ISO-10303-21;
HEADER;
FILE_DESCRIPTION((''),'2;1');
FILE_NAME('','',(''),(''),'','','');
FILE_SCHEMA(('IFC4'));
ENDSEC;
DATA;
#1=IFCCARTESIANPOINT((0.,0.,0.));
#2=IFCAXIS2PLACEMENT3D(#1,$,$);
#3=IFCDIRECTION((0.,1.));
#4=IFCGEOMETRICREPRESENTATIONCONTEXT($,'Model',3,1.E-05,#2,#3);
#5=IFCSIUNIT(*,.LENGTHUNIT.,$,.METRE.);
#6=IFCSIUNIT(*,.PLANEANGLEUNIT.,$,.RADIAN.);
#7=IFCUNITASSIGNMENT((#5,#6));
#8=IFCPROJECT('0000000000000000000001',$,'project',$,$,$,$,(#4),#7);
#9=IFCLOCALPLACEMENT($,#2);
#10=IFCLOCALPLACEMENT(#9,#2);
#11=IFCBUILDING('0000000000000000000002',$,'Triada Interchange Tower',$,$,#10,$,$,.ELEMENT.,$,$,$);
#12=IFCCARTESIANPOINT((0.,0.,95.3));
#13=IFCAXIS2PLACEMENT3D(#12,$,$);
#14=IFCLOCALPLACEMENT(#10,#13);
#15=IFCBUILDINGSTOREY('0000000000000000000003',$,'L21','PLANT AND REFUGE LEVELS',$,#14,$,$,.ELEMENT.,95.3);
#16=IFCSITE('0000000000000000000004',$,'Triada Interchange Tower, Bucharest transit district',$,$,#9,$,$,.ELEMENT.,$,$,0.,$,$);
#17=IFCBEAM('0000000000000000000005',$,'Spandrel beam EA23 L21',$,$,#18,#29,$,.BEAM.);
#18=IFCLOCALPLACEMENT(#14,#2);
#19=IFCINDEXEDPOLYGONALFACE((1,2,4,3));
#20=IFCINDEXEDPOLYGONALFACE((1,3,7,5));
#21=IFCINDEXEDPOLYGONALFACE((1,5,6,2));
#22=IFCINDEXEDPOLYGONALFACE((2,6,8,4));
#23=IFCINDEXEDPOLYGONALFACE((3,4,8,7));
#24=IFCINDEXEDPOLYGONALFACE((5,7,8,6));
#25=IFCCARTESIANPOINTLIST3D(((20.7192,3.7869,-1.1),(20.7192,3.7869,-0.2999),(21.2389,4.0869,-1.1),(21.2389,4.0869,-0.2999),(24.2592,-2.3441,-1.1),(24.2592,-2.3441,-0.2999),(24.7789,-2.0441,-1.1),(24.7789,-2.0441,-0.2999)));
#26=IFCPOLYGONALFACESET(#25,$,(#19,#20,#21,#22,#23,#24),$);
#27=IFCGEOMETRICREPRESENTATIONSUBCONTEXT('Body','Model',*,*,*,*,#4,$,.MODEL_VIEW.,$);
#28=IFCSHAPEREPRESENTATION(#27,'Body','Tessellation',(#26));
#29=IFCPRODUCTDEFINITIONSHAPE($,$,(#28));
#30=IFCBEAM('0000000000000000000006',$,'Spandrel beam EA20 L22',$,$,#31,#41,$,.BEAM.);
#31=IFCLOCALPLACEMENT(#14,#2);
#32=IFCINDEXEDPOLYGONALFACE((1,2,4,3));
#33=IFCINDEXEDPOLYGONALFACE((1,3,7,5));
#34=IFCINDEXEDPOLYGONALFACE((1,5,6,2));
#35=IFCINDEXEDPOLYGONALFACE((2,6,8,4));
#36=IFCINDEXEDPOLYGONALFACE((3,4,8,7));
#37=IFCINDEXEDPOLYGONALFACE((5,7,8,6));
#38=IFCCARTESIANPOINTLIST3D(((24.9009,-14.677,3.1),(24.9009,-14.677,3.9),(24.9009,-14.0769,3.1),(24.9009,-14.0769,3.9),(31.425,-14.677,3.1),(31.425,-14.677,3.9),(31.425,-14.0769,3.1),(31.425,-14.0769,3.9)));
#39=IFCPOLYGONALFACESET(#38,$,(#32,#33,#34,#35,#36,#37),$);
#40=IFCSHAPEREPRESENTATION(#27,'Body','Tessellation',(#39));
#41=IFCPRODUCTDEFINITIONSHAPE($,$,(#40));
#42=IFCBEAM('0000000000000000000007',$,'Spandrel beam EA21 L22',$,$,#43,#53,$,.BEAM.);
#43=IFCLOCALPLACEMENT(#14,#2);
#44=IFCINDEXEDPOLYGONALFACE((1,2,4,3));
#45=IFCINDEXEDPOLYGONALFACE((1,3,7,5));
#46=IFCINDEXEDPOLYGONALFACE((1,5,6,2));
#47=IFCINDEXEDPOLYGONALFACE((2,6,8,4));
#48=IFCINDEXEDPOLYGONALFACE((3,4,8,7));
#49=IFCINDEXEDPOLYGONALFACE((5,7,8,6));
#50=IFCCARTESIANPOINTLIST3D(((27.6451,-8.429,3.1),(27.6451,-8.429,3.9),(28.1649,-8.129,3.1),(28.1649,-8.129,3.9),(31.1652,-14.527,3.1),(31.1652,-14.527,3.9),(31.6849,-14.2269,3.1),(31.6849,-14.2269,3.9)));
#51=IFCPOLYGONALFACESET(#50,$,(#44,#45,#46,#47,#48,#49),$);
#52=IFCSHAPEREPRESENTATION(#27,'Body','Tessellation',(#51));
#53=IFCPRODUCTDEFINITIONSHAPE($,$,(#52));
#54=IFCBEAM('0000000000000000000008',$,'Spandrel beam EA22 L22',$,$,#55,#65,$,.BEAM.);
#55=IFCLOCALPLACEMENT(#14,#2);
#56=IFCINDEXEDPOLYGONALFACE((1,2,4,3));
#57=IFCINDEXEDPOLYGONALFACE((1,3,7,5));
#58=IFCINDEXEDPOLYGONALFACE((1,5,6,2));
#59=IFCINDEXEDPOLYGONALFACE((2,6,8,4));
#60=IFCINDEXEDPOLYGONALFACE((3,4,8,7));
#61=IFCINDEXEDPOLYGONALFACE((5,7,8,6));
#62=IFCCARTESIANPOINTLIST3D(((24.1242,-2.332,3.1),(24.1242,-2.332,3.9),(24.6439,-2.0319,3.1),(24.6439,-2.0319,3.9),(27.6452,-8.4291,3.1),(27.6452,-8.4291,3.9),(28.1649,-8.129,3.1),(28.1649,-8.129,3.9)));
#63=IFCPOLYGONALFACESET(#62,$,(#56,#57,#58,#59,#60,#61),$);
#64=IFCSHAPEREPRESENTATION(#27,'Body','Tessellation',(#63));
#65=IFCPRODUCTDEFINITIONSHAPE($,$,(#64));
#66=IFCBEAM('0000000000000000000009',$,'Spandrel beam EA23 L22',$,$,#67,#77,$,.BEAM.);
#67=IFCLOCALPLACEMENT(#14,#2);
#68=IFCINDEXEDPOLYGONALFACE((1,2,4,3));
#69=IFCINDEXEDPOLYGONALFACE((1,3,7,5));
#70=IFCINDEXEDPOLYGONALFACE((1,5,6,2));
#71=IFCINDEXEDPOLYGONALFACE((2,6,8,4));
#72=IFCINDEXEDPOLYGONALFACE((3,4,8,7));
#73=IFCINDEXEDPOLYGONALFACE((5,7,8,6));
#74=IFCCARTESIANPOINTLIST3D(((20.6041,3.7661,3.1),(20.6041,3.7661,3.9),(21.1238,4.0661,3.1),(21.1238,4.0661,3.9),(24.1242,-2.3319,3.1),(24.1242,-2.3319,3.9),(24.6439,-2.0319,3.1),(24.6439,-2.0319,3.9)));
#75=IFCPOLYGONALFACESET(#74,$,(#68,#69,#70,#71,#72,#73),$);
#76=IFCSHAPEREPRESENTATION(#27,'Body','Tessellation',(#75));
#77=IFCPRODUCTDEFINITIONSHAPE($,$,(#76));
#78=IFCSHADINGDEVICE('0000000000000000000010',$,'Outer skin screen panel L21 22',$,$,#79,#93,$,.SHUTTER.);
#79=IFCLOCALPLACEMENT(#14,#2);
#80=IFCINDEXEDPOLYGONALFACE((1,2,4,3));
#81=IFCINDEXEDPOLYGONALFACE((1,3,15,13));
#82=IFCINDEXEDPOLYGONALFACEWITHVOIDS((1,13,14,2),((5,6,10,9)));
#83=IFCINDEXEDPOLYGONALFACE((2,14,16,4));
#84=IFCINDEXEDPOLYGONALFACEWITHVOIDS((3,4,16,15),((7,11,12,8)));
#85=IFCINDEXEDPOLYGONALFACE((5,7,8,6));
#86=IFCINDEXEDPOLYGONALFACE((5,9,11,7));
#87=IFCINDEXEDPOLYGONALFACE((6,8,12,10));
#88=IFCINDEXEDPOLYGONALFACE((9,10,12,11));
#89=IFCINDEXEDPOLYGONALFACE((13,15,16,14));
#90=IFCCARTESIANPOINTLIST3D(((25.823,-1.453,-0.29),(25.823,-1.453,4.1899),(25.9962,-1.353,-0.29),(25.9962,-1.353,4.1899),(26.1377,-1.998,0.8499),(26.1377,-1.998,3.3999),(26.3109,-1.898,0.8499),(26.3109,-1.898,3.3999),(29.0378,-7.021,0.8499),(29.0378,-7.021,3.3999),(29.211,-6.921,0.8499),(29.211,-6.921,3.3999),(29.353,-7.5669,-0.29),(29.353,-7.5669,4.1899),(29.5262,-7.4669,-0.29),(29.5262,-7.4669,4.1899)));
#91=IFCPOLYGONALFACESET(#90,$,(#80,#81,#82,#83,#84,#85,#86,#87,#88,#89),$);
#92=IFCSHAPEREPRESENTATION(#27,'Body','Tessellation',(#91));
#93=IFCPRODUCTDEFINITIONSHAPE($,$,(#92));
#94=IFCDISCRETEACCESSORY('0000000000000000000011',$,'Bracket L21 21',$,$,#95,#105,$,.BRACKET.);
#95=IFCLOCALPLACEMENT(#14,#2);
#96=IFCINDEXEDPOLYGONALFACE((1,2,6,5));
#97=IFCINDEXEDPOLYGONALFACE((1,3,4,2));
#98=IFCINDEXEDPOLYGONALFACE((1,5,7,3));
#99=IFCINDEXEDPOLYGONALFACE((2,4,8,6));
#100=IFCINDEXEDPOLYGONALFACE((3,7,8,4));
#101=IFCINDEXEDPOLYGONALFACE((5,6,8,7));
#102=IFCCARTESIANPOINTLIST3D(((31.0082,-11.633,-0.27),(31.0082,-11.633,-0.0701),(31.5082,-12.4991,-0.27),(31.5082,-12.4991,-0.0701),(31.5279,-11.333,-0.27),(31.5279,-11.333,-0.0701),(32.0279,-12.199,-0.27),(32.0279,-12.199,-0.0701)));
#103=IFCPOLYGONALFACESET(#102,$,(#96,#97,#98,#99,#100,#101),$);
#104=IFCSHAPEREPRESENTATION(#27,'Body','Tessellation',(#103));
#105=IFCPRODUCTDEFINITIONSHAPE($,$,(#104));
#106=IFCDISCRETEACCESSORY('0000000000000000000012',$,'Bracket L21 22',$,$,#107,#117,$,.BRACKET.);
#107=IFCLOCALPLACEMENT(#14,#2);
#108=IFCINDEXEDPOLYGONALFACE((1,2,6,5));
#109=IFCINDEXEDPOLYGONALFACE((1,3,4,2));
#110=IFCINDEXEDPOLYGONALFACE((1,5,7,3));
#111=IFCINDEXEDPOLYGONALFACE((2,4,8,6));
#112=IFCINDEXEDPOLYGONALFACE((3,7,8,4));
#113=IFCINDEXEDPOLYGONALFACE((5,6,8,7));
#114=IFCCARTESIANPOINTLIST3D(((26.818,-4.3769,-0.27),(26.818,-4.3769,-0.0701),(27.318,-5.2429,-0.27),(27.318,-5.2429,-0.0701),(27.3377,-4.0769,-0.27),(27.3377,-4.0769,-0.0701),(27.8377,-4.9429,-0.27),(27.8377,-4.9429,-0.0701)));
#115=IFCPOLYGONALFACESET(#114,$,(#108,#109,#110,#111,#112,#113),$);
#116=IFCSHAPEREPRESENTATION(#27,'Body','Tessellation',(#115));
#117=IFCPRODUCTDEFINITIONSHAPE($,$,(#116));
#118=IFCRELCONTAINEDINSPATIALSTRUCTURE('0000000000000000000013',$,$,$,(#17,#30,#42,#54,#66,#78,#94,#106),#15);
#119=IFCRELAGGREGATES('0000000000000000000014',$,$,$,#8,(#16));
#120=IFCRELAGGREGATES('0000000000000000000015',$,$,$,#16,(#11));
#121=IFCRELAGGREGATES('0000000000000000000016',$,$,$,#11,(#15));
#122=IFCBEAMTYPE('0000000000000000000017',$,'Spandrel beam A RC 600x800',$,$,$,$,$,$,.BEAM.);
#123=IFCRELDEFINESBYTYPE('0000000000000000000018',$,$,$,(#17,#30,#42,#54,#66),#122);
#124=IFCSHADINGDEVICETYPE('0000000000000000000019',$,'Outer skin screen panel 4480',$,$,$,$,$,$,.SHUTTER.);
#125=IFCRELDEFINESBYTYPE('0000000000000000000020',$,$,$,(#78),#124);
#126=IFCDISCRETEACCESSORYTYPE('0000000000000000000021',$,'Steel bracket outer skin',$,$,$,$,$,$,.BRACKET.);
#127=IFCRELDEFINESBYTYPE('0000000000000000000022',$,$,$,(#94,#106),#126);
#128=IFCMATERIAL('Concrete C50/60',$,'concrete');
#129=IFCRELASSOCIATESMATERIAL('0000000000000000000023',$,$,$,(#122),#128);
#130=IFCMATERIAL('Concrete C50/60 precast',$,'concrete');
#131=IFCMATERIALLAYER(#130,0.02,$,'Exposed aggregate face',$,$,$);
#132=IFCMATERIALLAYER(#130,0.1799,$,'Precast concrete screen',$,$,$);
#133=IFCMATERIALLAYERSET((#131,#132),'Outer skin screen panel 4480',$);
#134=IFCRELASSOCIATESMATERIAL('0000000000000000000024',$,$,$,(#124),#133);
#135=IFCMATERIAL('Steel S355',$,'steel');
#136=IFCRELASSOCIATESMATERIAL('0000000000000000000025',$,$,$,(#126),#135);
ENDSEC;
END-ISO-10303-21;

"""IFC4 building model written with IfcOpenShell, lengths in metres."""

from ifc_helpers import new_model, si_unit, direction, frame, origin, origin_2d, place, context, subcontext, project, spatial, polyline, rectangle, outline, extrude, material, layer, layer_set, material_profile, profile_set, type_object, element, save


model = new_model("IFC4")

# Units and contexts
model_context = context("Model", 3, precision=1e-05, world=origin(), true_north=direction((0.0, 1.0)))
body_context = subcontext(model_context, "Body", "Model", "MODEL_VIEW")
ifc_project = project(units=[si_unit("LENGTHUNIT", "METRE"), si_unit("PLANEANGLEUNIT", "RADIAN")], contexts=[model_context])

# Site, building, storey
site_placement = place(None, origin())
site = spatial("IfcSite", under=ifc_project, at=site_placement, Name="Triada Interchange Tower, Bucharest transit district", CompositionType="ELEMENT", RefElevation=0.0)
building_placement = place(site_placement, origin())
building = spatial("IfcBuilding", under=site, at=building_placement, Name="Triada Interchange Tower", CompositionType="ELEMENT")
storey_placement = place(building_placement, frame((0.0, 0.0, 95.3)))
storey = spatial("IfcBuildingStorey", under=building, at=storey_placement, Name="L21", Description="PLANT AND REFUGE LEVELS", CompositionType="ELEMENT", Elevation=95.3)

# Shared definitions
ifc_material_1 = material(Name="Steel S355", Category="steel")

# Beams
ifc_material_2 = material(Name="Concrete C50/60", Category="concrete")
ifc_material_profile_1 = material_profile(ifc_material_2, rectangle(XDim=0.6001, YDim=0.8, at=origin_2d()), Name="RC 600x800")
ifc_profile_set_1 = profile_set([ifc_material_profile_1], Name="Concrete C50/60")
beam_type_1 = type_object("IfcBeamType", Name="Spandrel beam A RC 600x800", PredefinedType="BEAM", material=ifc_profile_set_1)
beam_1_placement = place(storey_placement, frame((24.519, -2.1941, -0.7), z_axis=(-0.500026, 0.86601, 0.0), x_axis=(-0.86601, -0.500026, 0.0)))
element("IfcBeam", 1, at=beam_1_placement, inside=storey, type_object=beam_type_1, Name="Spandrel beam EA23 L21", PredefinedType="BEAM", context=body_context, shape_type="SweptSolid", body=[
    extrude(rectangle(XDim=0.6001, YDim=0.8, at=origin_2d()), origin(), (0.0, 0.0, 1.0), 7.0796),
])
beam_2_placement = place(storey_placement, frame((24.9009, -14.377, 3.5), z_axis=(1.0, 0.0, 0.0), x_axis=(0.0, 1.0, 0.0)))
element("IfcBeam", 2, at=beam_2_placement, inside=storey, type_object=beam_type_1, Name="Spandrel beam EA20 L22", PredefinedType="BEAM", context=body_context, shape_type="SweptSolid", body=[
    extrude(rectangle(XDim=0.6001, YDim=0.8, at=origin_2d()), origin(), (0.0, 0.0, 1.0), 6.5242),
])
beam_3_placement = place(storey_placement, frame((31.425, -14.377, 3.5), z_axis=(-0.499936, 0.866063, 0.0), x_axis=(-0.866063, -0.499936, 0.0)))
element("IfcBeam", 3, at=beam_3_placement, inside=storey, type_object=beam_type_1, Name="Spandrel beam EA21 L22", PredefinedType="BEAM", context=body_context, shape_type="SweptSolid", body=[
    extrude(rectangle(XDim=0.6001, YDim=0.8, at=origin_2d()), origin(), (0.0, 0.0, 1.0), 7.041),
])
beam_4_placement = place(storey_placement, frame((27.905, -8.2791, 3.5), z_axis=(-0.500085, 0.865977, 0.0), x_axis=(-0.865977, -0.500085, 0.0)))
element("IfcBeam", 4, at=beam_4_placement, inside=storey, type_object=beam_type_1, Name="Spandrel beam EA22 L22", PredefinedType="BEAM", context=body_context, shape_type="SweptSolid", body=[
    extrude(rectangle(XDim=0.6001, YDim=0.8, at=origin_2d()), origin(), (0.0, 0.0, 1.0), 7.0408),
])
beam_5_placement = place(storey_placement, frame((24.384, -2.1819, 3.5), z_axis=(-0.499936, 0.866063, 0.0), x_axis=(-0.866063, -0.499936, 0.0)))
element("IfcBeam", 5, at=beam_5_placement, inside=storey, type_object=beam_type_1, Name="Spandrel beam EA23 L22", PredefinedType="BEAM", context=body_context, shape_type="SweptSolid", body=[
    extrude(rectangle(XDim=0.6001, YDim=0.8, at=origin_2d()), origin(), (0.0, 0.0, 1.0), 7.041),
])

# Shading device
ifc_material_3 = material(Name="Concrete C50/60 precast", Category="concrete")
ifc_layer_1 = layer(ifc_material_3, 0.02, Name="Exposed aggregate face")
ifc_layer_2 = layer(ifc_material_3, 0.1799, Name="Precast concrete screen")
ifc_layer_set = layer_set([ifc_layer_1, ifc_layer_2], Name="Outer skin screen panel 4480")
shading_device_type = type_object("IfcShadingDeviceType", Name="Outer skin screen panel 4480", PredefinedType="SHUTTER", material=ifc_layer_set)
shading_device_placement = place(storey_placement, frame((29.353, -7.5669, -0.29), z_axis=(0.0, 0.0, 1.0), x_axis=(-0.500011, 0.866019, 0.0)))
element("IfcShadingDevice", 6, at=shading_device_placement, inside=storey, type_object=shading_device_type, Name="Outer skin screen panel L21 22", PredefinedType="SHUTTER", context=body_context, shape_type="SweptSolid", body=[
    extrude(outline(polyline([(0.0, 0.0), (7.0598, 0.0), (7.0598, 4.48), (0.0, 4.48), (0.0, 0.0)]), holes=[polyline([(0.6304, 1.1399), (0.6304, 3.6899), (6.4304, 3.6899), (6.4304, 1.1399), (0.6304, 1.1399)])]), frame((0.0, 0.0, 0.0), z_axis=(0.0, -1.0, 0.0), x_axis=(1.0, 0.0, 0.0)), (0.0, 0.0, 1.0), 0.2),
])

# Discrete accessories
discrete_accessory_type = type_object("IfcDiscreteAccessoryType", Name="Steel bracket outer skin", PredefinedType="BRACKET", material=ifc_material_1)
for number, where, z_axis, x_axis, name in (
    (7, (31.5181, -11.916, -0.27), (0.0, 0.0, 1.0), (0.866021, 0.500007, 0.0), "Bracket L21 21"),
    (8, (27.3279, -4.6599, -0.27), (0.0, 0.0, 1.0), (0.866021, 0.500007, 0.0), "Bracket L21 22"),
):
    element("IfcDiscreteAccessory", number, at=place(storey_placement, frame(where, z_axis=z_axis, x_axis=x_axis)), inside=storey, type_object=discrete_accessory_type, Name=name, PredefinedType="BRACKET", context=body_context, shape_type="SweptSolid", body=[
        extrude(rectangle(XDim=0.6001, YDim=1.0, at=origin_2d()), origin(), (0.0, 0.0, 1.0), 0.2),
    ])

save(model, "model.ifc")
